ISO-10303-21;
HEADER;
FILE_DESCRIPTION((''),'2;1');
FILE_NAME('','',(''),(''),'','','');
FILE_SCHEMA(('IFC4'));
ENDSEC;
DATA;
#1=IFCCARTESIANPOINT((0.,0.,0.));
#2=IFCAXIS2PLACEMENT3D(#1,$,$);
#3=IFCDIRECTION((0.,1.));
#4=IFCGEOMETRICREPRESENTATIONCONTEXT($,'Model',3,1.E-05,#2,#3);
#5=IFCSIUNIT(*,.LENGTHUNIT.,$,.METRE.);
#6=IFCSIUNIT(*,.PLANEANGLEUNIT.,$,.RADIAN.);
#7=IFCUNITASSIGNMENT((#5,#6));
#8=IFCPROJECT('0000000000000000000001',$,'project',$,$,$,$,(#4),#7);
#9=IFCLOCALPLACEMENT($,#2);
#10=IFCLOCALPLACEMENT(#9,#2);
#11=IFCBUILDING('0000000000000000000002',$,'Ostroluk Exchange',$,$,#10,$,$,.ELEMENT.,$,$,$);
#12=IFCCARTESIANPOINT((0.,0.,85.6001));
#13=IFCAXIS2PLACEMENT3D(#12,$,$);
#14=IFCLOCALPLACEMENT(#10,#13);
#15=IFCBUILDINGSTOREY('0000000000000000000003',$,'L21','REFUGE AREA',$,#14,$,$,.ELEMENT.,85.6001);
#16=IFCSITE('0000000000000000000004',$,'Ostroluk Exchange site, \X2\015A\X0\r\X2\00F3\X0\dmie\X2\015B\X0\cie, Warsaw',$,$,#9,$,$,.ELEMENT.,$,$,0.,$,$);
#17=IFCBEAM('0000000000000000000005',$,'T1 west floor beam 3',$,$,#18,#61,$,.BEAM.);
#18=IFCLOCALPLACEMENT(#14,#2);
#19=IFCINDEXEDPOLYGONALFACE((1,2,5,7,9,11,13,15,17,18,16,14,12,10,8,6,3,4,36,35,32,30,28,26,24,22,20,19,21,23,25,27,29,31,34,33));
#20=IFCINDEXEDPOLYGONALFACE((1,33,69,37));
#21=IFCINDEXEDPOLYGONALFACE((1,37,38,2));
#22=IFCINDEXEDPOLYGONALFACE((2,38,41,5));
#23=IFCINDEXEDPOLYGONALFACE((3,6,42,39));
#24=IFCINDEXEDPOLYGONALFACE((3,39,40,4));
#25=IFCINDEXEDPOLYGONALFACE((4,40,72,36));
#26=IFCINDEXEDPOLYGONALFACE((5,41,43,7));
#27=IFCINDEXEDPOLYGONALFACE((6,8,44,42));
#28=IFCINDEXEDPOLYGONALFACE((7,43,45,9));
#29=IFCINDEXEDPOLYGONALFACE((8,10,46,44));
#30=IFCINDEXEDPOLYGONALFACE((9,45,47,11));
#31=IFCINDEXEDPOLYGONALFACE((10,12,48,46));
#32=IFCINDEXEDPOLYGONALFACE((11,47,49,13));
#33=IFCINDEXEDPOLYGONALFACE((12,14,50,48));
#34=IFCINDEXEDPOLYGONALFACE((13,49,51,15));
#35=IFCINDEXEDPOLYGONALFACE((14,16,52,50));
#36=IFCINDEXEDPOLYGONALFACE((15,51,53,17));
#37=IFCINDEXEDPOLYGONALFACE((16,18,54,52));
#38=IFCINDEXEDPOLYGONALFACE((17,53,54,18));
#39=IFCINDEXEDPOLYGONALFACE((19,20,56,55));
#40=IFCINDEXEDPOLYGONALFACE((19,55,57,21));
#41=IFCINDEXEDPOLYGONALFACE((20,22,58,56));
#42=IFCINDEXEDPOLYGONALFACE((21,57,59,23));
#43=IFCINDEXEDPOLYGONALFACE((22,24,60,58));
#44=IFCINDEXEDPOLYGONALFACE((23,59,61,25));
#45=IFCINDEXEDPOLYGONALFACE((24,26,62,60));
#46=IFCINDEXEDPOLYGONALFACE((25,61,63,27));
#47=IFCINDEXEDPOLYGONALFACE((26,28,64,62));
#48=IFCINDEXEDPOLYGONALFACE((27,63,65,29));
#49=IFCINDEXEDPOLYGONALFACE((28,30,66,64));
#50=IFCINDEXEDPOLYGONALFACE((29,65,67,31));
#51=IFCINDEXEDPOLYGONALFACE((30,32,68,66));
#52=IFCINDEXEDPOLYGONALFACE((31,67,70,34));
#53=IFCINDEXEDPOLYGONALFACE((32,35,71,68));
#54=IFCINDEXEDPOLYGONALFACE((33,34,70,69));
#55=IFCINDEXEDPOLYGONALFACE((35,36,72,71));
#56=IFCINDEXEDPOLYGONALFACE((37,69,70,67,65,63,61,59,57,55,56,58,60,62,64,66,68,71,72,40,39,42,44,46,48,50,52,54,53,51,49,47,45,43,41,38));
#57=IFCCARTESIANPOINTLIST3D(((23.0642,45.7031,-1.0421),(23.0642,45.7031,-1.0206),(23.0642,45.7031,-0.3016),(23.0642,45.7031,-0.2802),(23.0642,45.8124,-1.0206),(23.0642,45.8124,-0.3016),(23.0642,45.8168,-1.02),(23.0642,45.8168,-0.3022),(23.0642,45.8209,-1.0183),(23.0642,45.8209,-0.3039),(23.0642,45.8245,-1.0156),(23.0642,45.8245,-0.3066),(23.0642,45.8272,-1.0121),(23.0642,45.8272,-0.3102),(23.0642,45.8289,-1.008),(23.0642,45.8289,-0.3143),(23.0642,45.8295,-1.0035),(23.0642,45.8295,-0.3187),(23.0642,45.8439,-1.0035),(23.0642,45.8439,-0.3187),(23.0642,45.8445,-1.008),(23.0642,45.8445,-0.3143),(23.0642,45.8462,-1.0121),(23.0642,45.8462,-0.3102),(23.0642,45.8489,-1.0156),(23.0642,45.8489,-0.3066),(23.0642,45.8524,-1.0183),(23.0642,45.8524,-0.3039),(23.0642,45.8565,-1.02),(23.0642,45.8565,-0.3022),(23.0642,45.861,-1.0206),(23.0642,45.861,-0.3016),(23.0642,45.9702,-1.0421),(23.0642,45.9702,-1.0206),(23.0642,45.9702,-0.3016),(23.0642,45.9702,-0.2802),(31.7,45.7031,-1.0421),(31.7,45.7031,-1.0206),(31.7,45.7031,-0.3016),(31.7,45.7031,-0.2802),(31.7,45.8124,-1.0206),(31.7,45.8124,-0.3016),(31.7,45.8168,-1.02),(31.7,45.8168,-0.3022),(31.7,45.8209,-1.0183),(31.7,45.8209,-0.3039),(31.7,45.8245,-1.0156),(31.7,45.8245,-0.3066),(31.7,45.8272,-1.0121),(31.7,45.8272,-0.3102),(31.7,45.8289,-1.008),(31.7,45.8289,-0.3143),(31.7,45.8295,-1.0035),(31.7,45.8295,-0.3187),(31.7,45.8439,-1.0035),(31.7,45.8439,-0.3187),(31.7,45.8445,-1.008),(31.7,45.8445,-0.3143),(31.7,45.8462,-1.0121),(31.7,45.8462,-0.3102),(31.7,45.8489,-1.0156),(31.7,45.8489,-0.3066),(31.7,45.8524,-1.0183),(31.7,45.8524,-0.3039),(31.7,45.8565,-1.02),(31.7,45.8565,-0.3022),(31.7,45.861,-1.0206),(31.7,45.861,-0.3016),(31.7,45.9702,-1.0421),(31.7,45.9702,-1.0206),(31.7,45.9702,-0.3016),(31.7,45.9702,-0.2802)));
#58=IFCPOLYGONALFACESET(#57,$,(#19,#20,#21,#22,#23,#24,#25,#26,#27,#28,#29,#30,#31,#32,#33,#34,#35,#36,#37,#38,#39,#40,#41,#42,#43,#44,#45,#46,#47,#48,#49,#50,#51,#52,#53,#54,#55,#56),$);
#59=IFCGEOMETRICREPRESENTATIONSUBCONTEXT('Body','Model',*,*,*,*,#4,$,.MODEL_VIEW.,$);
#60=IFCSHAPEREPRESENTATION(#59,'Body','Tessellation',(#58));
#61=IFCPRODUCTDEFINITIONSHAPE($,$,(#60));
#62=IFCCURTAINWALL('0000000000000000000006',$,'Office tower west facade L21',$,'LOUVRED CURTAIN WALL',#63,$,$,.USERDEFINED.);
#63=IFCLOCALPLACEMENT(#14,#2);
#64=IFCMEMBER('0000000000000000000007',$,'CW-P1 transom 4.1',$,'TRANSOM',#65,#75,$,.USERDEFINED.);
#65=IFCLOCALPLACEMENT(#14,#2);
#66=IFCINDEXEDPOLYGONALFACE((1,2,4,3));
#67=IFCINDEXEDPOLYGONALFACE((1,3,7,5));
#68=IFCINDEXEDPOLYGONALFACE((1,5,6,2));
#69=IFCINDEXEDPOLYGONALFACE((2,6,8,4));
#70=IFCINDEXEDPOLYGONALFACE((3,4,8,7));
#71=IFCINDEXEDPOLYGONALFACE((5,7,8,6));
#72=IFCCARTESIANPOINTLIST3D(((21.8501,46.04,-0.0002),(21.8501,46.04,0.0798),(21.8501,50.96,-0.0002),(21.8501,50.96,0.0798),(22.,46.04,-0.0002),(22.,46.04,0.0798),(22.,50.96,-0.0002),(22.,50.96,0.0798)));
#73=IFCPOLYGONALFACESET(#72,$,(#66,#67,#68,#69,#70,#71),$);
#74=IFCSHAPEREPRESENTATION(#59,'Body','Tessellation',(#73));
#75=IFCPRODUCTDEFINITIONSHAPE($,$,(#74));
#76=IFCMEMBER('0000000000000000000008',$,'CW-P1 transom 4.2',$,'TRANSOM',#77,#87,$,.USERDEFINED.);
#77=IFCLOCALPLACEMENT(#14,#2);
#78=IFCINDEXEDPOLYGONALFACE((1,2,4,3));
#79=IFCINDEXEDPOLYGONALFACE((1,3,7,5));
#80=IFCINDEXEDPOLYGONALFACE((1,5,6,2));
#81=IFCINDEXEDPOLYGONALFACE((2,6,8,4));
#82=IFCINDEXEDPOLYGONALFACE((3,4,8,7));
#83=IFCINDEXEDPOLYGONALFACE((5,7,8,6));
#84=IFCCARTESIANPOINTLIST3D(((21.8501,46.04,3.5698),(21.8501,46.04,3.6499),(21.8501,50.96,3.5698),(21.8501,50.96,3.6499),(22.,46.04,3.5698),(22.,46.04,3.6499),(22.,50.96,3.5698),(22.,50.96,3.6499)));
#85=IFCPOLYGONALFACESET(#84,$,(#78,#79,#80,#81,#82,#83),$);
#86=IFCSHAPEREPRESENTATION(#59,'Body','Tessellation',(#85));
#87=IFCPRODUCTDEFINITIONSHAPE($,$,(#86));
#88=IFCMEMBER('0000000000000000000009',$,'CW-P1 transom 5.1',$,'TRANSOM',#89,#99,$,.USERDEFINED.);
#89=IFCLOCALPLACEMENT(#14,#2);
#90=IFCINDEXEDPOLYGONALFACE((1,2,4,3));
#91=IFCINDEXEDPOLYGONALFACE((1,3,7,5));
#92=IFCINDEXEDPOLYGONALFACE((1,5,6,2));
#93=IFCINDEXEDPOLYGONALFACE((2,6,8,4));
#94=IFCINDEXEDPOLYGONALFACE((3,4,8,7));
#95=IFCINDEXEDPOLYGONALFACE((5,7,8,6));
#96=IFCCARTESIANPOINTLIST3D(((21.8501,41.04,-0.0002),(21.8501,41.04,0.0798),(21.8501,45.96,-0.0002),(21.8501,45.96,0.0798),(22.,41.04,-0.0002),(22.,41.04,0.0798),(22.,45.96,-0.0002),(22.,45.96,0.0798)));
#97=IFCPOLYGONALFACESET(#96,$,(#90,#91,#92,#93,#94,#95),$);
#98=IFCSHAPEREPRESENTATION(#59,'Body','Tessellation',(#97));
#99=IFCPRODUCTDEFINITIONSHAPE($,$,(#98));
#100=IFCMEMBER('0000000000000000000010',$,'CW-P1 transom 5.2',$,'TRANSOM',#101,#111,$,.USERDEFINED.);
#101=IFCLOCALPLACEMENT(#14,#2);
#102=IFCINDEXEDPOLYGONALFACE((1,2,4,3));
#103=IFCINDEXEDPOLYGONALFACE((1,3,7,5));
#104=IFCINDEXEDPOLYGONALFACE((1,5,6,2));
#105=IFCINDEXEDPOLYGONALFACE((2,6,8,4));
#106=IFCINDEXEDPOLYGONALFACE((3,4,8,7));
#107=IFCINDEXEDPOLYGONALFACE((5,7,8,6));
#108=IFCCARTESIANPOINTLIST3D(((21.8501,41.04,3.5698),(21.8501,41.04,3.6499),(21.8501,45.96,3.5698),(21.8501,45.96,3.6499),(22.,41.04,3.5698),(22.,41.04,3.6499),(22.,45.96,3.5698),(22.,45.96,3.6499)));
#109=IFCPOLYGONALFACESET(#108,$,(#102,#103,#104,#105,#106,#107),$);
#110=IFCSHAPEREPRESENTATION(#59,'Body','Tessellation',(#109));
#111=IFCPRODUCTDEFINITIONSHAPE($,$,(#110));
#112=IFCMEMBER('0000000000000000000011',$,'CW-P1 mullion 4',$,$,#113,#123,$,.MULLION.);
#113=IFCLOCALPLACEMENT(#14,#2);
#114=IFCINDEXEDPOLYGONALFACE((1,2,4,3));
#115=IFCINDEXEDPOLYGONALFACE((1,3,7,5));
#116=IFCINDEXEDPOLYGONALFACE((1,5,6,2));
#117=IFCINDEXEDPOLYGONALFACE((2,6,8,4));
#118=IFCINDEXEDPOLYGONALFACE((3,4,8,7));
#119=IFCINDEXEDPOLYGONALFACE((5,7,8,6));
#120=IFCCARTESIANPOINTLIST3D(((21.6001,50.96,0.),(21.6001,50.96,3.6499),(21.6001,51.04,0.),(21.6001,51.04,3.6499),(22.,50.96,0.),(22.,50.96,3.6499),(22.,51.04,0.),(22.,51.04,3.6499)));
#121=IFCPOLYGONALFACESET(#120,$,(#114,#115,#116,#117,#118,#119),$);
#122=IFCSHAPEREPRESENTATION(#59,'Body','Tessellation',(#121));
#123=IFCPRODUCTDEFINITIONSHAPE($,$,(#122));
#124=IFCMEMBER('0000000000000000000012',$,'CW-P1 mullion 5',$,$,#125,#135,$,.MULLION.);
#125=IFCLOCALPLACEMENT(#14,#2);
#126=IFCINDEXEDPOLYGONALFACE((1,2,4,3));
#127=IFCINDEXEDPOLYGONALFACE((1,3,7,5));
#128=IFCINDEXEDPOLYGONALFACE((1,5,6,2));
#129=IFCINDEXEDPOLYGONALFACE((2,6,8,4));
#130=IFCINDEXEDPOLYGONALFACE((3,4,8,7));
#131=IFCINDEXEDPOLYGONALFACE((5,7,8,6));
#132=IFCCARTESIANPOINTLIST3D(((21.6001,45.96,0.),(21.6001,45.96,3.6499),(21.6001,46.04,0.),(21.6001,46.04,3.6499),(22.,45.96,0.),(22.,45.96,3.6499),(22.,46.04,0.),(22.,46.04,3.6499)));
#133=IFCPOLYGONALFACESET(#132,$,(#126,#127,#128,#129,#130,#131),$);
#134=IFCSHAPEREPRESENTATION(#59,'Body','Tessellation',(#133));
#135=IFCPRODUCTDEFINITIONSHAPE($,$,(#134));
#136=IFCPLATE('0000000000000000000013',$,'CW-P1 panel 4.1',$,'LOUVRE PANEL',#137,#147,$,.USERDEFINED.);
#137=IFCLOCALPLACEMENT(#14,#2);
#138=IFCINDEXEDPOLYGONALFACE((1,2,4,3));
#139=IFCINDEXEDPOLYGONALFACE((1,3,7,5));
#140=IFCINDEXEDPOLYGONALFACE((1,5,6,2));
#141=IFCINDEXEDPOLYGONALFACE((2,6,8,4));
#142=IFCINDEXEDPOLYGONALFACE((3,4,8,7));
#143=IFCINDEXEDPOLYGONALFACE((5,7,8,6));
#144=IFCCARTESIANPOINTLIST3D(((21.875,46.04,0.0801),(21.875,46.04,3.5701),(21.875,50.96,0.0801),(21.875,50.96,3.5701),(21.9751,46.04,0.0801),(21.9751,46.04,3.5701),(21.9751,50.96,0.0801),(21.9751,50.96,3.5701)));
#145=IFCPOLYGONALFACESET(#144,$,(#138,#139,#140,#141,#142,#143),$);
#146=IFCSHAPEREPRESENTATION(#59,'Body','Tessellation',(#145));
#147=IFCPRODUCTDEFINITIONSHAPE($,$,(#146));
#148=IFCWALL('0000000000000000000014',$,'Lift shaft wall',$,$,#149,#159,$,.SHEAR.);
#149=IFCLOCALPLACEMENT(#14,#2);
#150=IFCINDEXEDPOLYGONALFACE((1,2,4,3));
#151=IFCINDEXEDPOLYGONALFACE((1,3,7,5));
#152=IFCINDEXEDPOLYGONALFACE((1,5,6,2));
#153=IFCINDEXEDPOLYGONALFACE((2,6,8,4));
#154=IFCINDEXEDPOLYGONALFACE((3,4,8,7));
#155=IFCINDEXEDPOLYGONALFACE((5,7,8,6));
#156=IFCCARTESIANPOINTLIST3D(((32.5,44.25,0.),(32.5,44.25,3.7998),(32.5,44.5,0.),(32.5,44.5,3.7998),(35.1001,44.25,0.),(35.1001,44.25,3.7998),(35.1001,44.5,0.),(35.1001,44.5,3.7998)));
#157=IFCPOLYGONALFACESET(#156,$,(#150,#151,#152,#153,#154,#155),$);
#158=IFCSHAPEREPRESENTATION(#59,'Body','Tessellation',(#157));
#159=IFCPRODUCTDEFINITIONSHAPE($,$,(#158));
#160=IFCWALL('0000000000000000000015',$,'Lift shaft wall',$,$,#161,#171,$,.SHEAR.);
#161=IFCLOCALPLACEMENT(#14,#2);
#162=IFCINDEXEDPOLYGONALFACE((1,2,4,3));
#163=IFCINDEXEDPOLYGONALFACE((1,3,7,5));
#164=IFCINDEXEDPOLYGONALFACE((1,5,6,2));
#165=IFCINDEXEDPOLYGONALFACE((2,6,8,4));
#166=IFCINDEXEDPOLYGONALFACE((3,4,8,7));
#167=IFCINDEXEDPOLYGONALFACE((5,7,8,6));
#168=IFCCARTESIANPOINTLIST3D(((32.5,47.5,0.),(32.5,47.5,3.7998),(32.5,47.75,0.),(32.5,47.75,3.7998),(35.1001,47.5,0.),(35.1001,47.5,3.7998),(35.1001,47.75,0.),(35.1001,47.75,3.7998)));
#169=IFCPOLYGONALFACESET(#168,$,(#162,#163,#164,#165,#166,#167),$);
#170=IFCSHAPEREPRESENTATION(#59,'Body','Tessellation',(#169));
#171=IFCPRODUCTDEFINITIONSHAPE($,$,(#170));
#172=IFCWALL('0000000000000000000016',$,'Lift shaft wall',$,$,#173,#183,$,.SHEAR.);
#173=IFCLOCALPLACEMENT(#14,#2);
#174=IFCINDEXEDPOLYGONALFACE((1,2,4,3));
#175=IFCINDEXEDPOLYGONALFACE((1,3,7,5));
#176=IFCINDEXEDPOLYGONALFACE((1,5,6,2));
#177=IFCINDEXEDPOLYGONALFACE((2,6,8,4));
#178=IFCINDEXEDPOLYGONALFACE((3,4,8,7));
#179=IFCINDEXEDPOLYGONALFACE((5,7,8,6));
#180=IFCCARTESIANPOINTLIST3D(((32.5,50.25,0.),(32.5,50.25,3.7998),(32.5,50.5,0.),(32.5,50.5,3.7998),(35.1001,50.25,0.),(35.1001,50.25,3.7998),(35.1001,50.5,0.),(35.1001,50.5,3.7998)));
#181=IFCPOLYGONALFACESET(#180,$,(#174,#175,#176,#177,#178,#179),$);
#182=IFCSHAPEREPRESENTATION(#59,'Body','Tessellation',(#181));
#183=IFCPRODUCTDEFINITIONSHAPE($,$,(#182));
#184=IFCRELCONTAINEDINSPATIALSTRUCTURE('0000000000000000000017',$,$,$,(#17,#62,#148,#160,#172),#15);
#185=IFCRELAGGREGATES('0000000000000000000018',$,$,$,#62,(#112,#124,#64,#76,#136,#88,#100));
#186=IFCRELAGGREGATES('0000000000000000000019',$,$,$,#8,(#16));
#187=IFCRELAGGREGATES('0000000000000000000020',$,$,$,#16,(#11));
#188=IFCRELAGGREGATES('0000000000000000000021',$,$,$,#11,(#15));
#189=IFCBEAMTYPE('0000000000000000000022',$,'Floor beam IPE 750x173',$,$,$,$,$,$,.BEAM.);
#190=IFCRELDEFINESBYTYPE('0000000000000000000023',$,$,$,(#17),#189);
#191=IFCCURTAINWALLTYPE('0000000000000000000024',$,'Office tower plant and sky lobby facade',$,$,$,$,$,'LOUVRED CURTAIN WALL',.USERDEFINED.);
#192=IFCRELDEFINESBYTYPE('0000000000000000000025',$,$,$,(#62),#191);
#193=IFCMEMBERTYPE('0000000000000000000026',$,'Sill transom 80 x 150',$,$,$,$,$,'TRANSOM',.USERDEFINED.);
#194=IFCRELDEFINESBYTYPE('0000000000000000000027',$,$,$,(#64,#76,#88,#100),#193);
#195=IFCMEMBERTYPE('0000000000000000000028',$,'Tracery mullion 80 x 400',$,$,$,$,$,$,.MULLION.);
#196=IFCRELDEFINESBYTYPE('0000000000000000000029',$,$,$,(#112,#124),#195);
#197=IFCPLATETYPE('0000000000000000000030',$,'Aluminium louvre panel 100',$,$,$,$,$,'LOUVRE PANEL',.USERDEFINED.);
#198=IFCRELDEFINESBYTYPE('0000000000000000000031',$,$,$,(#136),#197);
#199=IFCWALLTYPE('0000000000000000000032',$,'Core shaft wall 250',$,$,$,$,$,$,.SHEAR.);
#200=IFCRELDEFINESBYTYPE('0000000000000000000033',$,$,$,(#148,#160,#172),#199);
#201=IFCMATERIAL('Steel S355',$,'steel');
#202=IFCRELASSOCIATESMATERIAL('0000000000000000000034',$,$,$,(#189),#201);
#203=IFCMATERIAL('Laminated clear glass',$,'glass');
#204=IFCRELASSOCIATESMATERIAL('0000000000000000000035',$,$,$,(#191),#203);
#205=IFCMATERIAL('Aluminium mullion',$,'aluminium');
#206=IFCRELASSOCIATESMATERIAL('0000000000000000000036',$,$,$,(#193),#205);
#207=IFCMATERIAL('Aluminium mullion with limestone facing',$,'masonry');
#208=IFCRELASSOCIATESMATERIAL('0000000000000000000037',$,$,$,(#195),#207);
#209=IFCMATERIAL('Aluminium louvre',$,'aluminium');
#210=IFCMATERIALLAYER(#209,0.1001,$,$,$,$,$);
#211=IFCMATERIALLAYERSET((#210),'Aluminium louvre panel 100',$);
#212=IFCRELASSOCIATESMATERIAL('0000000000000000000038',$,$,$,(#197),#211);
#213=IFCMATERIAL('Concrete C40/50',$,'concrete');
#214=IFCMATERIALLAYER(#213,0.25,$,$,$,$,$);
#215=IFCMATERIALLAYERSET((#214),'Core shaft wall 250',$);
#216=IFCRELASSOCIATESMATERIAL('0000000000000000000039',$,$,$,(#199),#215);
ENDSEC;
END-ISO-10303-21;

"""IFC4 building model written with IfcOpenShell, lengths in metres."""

from ifc_helpers import new_model, si_unit, direction, frame, frame_2d, origin, origin_2d, place, context, subcontext, project, spatial, rectangle, i_section, extrude, material, layer, layer_set, material_profile, profile_set, type_object, element, aggregate, save


model = new_model("IFC4")

# Units and contexts
model_context = context("Model", 3, precision=1e-05, world=origin(), true_north=direction((0.0, 1.0)))
body_context = subcontext(model_context, "Body", "Model", "MODEL_VIEW")
ifc_project = project(units=[si_unit("LENGTHUNIT", "METRE"), si_unit("PLANEANGLEUNIT", "RADIAN")], contexts=[model_context])

# Site, building, storey
site_placement = place(None, origin())
site = spatial("IfcSite", under=ifc_project, at=site_placement, Name="Ostroluk Exchange site, Śródmieście, Warsaw", CompositionType="ELEMENT", RefElevation=0.0)
building_placement = place(site_placement, origin())
building = spatial("IfcBuilding", under=site, at=building_placement, Name="Ostroluk Exchange", CompositionType="ELEMENT")
storey_placement = place(building_placement, frame((0.0, 0.0, 85.6001)))
storey = spatial("IfcBuildingStorey", under=building, at=storey_placement, Name="L21", Description="REFUGE AREA", CompositionType="ELEMENT", Elevation=85.6001)

# Beam
ifc_material_1 = material(Name="Steel S355", Category="steel")
ifc_material_profile_1 = material_profile(ifc_material_1, i_section(OverallWidth=0.2671, OverallDepth=0.762, WebThickness=0.0144, FlangeThickness=0.0215, FilletRadius=0.0171, at=origin_2d()), Name="IPE 750x173")
ifc_profile_set_1 = profile_set([ifc_material_profile_1], Name="Steel S355")
beam_type = type_object("IfcBeamType", Name="Floor beam IPE 750x173", PredefinedType="BEAM", material=ifc_profile_set_1)
for number, where, z_axis, x_axis, name in (
    (1, (31.7, 45.8367, -0.6611), (-1.0, 0.0, 0.0), (0.0, -1.0, 0.0), "T1 west floor beam 3"),
):
    element("IfcBeam", number, at=place(storey_placement, frame(where, z_axis=z_axis, x_axis=x_axis)), inside=storey, type_object=beam_type, Name=name, PredefinedType="BEAM", context=body_context, shape_type="SweptSolid", body=[
        extrude(i_section(OverallWidth=0.2671, OverallDepth=0.762, WebThickness=0.0144, FlangeThickness=0.0215, FilletRadius=0.0171, at=origin_2d()), origin(), (0.0, 0.0, 1.0), 8.6357),
    ])

# Curtain wall, members, plate
ifc_material_2 = material(Name="Laminated clear glass", Category="glass")
curtain_wall_type = type_object("IfcCurtainWallType", Name="Office tower plant and sky lobby facade", ElementType="LOUVRED CURTAIN WALL", PredefinedType="USERDEFINED", material=ifc_material_2)
curtain_wall_placement = place(storey_placement, origin())
curtain_wall = element("IfcCurtainWall", 2, at=curtain_wall_placement, inside=storey, type_object=curtain_wall_type, Name="Office tower west facade L21", ObjectType="LOUVRED CURTAIN WALL", PredefinedType="USERDEFINED")
ifc_material_3 = material(Name="Aluminium mullion", Category="aluminium")
ifc_material_profile_2 = material_profile(ifc_material_3, rectangle(XDim=0.1499, YDim=0.0801, at=origin_2d()), Name="Sill transom 80 x 150")
ifc_profile_set_2 = profile_set([ifc_material_profile_2], Name="Aluminium mullion")
member_type_1 = type_object("IfcMemberType", Name="Sill transom 80 x 150", ElementType="TRANSOM", PredefinedType="USERDEFINED", material=ifc_profile_set_2)
member_1_placement = place(storey_placement, frame((21.925, 50.96, 0.0398), z_axis=(0.0, -1.0, 0.0), x_axis=(1.0, 0.0, 0.0)))
member_1 = element("IfcMember", 3, at=member_1_placement, type_object=member_type_1, Name="CW-P1 transom 4.1", ObjectType="TRANSOM", PredefinedType="USERDEFINED", context=body_context, shape_type="SweptSolid", body=[
    extrude(rectangle(XDim=0.1499, YDim=0.0801, at=origin_2d()), origin(), (0.0, 0.0, 1.0), 4.9199),
])
member_2_placement = place(storey_placement, frame((21.925, 50.96, 3.6099), z_axis=(0.0, -1.0, 0.0), x_axis=(1.0, 0.0, 0.0)))
member_2 = element("IfcMember", 4, at=member_2_placement, type_object=member_type_1, Name="CW-P1 transom 4.2", ObjectType="TRANSOM", PredefinedType="USERDEFINED", context=body_context, shape_type="SweptSolid", body=[
    extrude(rectangle(XDim=0.1499, YDim=0.0801, at=origin_2d()), origin(), (0.0, 0.0, 1.0), 4.9199),
])
member_3_placement = place(storey_placement, frame((21.925, 45.96, 0.0398), z_axis=(0.0, -1.0, 0.0), x_axis=(1.0, 0.0, 0.0)))
member_3 = element("IfcMember", 5, at=member_3_placement, type_object=member_type_1, Name="CW-P1 transom 5.1", ObjectType="TRANSOM", PredefinedType="USERDEFINED", context=body_context, shape_type="SweptSolid", body=[
    extrude(rectangle(XDim=0.1499, YDim=0.0801, at=origin_2d()), origin(), (0.0, 0.0, 1.0), 4.9199),
])
member_4_placement = place(storey_placement, frame((21.925, 45.96, 3.6099), z_axis=(0.0, -1.0, 0.0), x_axis=(1.0, 0.0, 0.0)))
member_4 = element("IfcMember", 6, at=member_4_placement, type_object=member_type_1, Name="CW-P1 transom 5.2", ObjectType="TRANSOM", PredefinedType="USERDEFINED", context=body_context, shape_type="SweptSolid", body=[
    extrude(rectangle(XDim=0.1499, YDim=0.0801, at=origin_2d()), origin(), (0.0, 0.0, 1.0), 4.9199),
])
ifc_material_4 = material(Name="Aluminium mullion with limestone facing", Category="masonry")
ifc_material_profile_3 = material_profile(ifc_material_4, rectangle(XDim=0.3999, YDim=0.0801, at=origin_2d()), Name="Tracery mullion 80 x 400")
ifc_profile_set_3 = profile_set([ifc_material_profile_3], Name="Aluminium mullion with limestone facing")
member_type_2 = type_object("IfcMemberType", Name="Tracery mullion 80 x 400", PredefinedType="MULLION", material=ifc_profile_set_3)
member_5_placement = place(storey_placement, frame((21.8, 51.0, 0.0), z_axis=(0.0, 0.0, 1.0), x_axis=(1.0, 0.0, 0.0)))
member_5 = element("IfcMember", 7, at=member_5_placement, type_object=member_type_2, Name="CW-P1 mullion 4", PredefinedType="MULLION", context=body_context, shape_type="SweptSolid", body=[
    extrude(rectangle(XDim=0.3999, YDim=0.0801, at=origin_2d()), origin(), (0.0, 0.0, 1.0), 3.6499),
])
member_6_placement = place(storey_placement, frame((21.8, 46.0, 0.0), z_axis=(0.0, 0.0, 1.0), x_axis=(1.0, 0.0, 0.0)))
member_6 = element("IfcMember", 8, at=member_6_placement, type_object=member_type_2, Name="CW-P1 mullion 5", PredefinedType="MULLION", context=body_context, shape_type="SweptSolid", body=[
    extrude(rectangle(XDim=0.3999, YDim=0.0801, at=origin_2d()), origin(), (0.0, 0.0, 1.0), 3.6499),
])
ifc_material_5 = material(Name="Aluminium louvre", Category="aluminium")
ifc_layer_1 = layer(ifc_material_5, 0.1001)
ifc_layer_set_1 = layer_set([ifc_layer_1], Name="Aluminium louvre panel 100")
plate_type = type_object("IfcPlateType", Name="Aluminium louvre panel 100", ElementType="LOUVRE PANEL", PredefinedType="USERDEFINED", material=ifc_layer_set_1)
plate_placement = place(storey_placement, frame((21.925, 48.5, 0.0801), z_axis=(0.0, 0.0, 1.0), x_axis=(0.0, -1.0, 0.0)))
plate = element("IfcPlate", 9, at=plate_placement, type_object=plate_type, Name="CW-P1 panel 4.1", ObjectType="LOUVRE PANEL", PredefinedType="USERDEFINED", context=body_context, shape_type="SweptSolid", body=[
    extrude(rectangle(XDim=4.9199, YDim=0.1001, at=origin_2d()), origin(), (0.0, 0.0, 1.0), 3.49),
])
aggregate(curtain_wall, [member_5, member_6, member_1, member_2, plate, member_3, member_4])

# Walls
ifc_material_6 = material(Name="Concrete C40/50", Category="concrete")
ifc_layer_2 = layer(ifc_material_6, 0.25)
ifc_layer_set_2 = layer_set([ifc_layer_2], Name="Core shaft wall 250")
wall_type_1 = type_object("IfcWallType", Name="Core shaft wall 250", PredefinedType="SHEAR", material=ifc_layer_set_2)
for number, where, z_axis, x_axis, name in (
    (10, (32.5, 44.375, 0.0), (0.0, 0.0, 1.0), (1.0, 0.0, 0.0), "Lift shaft wall"),
    (11, (32.5, 47.625, 0.0), (0.0, 0.0, 1.0), (1.0, 0.0, 0.0), "Lift shaft wall"),
    (12, (32.5, 50.375, 0.0), (0.0, 0.0, 1.0), (1.0, 0.0, 0.0), "Lift shaft wall"),
):
    element("IfcWall", number, at=place(storey_placement, frame(where, z_axis=z_axis, x_axis=x_axis)), inside=storey, type_object=wall_type_1, Name=name, PredefinedType="SHEAR", context=body_context, shape_type="SweptSolid", body=[
        extrude(rectangle(XDim=2.6001, YDim=0.25, at=frame_2d((1.3, 0.0))), origin(), (0.0, 0.0, 1.0), 3.7998),
    ])

save(model, "model.ifc")
